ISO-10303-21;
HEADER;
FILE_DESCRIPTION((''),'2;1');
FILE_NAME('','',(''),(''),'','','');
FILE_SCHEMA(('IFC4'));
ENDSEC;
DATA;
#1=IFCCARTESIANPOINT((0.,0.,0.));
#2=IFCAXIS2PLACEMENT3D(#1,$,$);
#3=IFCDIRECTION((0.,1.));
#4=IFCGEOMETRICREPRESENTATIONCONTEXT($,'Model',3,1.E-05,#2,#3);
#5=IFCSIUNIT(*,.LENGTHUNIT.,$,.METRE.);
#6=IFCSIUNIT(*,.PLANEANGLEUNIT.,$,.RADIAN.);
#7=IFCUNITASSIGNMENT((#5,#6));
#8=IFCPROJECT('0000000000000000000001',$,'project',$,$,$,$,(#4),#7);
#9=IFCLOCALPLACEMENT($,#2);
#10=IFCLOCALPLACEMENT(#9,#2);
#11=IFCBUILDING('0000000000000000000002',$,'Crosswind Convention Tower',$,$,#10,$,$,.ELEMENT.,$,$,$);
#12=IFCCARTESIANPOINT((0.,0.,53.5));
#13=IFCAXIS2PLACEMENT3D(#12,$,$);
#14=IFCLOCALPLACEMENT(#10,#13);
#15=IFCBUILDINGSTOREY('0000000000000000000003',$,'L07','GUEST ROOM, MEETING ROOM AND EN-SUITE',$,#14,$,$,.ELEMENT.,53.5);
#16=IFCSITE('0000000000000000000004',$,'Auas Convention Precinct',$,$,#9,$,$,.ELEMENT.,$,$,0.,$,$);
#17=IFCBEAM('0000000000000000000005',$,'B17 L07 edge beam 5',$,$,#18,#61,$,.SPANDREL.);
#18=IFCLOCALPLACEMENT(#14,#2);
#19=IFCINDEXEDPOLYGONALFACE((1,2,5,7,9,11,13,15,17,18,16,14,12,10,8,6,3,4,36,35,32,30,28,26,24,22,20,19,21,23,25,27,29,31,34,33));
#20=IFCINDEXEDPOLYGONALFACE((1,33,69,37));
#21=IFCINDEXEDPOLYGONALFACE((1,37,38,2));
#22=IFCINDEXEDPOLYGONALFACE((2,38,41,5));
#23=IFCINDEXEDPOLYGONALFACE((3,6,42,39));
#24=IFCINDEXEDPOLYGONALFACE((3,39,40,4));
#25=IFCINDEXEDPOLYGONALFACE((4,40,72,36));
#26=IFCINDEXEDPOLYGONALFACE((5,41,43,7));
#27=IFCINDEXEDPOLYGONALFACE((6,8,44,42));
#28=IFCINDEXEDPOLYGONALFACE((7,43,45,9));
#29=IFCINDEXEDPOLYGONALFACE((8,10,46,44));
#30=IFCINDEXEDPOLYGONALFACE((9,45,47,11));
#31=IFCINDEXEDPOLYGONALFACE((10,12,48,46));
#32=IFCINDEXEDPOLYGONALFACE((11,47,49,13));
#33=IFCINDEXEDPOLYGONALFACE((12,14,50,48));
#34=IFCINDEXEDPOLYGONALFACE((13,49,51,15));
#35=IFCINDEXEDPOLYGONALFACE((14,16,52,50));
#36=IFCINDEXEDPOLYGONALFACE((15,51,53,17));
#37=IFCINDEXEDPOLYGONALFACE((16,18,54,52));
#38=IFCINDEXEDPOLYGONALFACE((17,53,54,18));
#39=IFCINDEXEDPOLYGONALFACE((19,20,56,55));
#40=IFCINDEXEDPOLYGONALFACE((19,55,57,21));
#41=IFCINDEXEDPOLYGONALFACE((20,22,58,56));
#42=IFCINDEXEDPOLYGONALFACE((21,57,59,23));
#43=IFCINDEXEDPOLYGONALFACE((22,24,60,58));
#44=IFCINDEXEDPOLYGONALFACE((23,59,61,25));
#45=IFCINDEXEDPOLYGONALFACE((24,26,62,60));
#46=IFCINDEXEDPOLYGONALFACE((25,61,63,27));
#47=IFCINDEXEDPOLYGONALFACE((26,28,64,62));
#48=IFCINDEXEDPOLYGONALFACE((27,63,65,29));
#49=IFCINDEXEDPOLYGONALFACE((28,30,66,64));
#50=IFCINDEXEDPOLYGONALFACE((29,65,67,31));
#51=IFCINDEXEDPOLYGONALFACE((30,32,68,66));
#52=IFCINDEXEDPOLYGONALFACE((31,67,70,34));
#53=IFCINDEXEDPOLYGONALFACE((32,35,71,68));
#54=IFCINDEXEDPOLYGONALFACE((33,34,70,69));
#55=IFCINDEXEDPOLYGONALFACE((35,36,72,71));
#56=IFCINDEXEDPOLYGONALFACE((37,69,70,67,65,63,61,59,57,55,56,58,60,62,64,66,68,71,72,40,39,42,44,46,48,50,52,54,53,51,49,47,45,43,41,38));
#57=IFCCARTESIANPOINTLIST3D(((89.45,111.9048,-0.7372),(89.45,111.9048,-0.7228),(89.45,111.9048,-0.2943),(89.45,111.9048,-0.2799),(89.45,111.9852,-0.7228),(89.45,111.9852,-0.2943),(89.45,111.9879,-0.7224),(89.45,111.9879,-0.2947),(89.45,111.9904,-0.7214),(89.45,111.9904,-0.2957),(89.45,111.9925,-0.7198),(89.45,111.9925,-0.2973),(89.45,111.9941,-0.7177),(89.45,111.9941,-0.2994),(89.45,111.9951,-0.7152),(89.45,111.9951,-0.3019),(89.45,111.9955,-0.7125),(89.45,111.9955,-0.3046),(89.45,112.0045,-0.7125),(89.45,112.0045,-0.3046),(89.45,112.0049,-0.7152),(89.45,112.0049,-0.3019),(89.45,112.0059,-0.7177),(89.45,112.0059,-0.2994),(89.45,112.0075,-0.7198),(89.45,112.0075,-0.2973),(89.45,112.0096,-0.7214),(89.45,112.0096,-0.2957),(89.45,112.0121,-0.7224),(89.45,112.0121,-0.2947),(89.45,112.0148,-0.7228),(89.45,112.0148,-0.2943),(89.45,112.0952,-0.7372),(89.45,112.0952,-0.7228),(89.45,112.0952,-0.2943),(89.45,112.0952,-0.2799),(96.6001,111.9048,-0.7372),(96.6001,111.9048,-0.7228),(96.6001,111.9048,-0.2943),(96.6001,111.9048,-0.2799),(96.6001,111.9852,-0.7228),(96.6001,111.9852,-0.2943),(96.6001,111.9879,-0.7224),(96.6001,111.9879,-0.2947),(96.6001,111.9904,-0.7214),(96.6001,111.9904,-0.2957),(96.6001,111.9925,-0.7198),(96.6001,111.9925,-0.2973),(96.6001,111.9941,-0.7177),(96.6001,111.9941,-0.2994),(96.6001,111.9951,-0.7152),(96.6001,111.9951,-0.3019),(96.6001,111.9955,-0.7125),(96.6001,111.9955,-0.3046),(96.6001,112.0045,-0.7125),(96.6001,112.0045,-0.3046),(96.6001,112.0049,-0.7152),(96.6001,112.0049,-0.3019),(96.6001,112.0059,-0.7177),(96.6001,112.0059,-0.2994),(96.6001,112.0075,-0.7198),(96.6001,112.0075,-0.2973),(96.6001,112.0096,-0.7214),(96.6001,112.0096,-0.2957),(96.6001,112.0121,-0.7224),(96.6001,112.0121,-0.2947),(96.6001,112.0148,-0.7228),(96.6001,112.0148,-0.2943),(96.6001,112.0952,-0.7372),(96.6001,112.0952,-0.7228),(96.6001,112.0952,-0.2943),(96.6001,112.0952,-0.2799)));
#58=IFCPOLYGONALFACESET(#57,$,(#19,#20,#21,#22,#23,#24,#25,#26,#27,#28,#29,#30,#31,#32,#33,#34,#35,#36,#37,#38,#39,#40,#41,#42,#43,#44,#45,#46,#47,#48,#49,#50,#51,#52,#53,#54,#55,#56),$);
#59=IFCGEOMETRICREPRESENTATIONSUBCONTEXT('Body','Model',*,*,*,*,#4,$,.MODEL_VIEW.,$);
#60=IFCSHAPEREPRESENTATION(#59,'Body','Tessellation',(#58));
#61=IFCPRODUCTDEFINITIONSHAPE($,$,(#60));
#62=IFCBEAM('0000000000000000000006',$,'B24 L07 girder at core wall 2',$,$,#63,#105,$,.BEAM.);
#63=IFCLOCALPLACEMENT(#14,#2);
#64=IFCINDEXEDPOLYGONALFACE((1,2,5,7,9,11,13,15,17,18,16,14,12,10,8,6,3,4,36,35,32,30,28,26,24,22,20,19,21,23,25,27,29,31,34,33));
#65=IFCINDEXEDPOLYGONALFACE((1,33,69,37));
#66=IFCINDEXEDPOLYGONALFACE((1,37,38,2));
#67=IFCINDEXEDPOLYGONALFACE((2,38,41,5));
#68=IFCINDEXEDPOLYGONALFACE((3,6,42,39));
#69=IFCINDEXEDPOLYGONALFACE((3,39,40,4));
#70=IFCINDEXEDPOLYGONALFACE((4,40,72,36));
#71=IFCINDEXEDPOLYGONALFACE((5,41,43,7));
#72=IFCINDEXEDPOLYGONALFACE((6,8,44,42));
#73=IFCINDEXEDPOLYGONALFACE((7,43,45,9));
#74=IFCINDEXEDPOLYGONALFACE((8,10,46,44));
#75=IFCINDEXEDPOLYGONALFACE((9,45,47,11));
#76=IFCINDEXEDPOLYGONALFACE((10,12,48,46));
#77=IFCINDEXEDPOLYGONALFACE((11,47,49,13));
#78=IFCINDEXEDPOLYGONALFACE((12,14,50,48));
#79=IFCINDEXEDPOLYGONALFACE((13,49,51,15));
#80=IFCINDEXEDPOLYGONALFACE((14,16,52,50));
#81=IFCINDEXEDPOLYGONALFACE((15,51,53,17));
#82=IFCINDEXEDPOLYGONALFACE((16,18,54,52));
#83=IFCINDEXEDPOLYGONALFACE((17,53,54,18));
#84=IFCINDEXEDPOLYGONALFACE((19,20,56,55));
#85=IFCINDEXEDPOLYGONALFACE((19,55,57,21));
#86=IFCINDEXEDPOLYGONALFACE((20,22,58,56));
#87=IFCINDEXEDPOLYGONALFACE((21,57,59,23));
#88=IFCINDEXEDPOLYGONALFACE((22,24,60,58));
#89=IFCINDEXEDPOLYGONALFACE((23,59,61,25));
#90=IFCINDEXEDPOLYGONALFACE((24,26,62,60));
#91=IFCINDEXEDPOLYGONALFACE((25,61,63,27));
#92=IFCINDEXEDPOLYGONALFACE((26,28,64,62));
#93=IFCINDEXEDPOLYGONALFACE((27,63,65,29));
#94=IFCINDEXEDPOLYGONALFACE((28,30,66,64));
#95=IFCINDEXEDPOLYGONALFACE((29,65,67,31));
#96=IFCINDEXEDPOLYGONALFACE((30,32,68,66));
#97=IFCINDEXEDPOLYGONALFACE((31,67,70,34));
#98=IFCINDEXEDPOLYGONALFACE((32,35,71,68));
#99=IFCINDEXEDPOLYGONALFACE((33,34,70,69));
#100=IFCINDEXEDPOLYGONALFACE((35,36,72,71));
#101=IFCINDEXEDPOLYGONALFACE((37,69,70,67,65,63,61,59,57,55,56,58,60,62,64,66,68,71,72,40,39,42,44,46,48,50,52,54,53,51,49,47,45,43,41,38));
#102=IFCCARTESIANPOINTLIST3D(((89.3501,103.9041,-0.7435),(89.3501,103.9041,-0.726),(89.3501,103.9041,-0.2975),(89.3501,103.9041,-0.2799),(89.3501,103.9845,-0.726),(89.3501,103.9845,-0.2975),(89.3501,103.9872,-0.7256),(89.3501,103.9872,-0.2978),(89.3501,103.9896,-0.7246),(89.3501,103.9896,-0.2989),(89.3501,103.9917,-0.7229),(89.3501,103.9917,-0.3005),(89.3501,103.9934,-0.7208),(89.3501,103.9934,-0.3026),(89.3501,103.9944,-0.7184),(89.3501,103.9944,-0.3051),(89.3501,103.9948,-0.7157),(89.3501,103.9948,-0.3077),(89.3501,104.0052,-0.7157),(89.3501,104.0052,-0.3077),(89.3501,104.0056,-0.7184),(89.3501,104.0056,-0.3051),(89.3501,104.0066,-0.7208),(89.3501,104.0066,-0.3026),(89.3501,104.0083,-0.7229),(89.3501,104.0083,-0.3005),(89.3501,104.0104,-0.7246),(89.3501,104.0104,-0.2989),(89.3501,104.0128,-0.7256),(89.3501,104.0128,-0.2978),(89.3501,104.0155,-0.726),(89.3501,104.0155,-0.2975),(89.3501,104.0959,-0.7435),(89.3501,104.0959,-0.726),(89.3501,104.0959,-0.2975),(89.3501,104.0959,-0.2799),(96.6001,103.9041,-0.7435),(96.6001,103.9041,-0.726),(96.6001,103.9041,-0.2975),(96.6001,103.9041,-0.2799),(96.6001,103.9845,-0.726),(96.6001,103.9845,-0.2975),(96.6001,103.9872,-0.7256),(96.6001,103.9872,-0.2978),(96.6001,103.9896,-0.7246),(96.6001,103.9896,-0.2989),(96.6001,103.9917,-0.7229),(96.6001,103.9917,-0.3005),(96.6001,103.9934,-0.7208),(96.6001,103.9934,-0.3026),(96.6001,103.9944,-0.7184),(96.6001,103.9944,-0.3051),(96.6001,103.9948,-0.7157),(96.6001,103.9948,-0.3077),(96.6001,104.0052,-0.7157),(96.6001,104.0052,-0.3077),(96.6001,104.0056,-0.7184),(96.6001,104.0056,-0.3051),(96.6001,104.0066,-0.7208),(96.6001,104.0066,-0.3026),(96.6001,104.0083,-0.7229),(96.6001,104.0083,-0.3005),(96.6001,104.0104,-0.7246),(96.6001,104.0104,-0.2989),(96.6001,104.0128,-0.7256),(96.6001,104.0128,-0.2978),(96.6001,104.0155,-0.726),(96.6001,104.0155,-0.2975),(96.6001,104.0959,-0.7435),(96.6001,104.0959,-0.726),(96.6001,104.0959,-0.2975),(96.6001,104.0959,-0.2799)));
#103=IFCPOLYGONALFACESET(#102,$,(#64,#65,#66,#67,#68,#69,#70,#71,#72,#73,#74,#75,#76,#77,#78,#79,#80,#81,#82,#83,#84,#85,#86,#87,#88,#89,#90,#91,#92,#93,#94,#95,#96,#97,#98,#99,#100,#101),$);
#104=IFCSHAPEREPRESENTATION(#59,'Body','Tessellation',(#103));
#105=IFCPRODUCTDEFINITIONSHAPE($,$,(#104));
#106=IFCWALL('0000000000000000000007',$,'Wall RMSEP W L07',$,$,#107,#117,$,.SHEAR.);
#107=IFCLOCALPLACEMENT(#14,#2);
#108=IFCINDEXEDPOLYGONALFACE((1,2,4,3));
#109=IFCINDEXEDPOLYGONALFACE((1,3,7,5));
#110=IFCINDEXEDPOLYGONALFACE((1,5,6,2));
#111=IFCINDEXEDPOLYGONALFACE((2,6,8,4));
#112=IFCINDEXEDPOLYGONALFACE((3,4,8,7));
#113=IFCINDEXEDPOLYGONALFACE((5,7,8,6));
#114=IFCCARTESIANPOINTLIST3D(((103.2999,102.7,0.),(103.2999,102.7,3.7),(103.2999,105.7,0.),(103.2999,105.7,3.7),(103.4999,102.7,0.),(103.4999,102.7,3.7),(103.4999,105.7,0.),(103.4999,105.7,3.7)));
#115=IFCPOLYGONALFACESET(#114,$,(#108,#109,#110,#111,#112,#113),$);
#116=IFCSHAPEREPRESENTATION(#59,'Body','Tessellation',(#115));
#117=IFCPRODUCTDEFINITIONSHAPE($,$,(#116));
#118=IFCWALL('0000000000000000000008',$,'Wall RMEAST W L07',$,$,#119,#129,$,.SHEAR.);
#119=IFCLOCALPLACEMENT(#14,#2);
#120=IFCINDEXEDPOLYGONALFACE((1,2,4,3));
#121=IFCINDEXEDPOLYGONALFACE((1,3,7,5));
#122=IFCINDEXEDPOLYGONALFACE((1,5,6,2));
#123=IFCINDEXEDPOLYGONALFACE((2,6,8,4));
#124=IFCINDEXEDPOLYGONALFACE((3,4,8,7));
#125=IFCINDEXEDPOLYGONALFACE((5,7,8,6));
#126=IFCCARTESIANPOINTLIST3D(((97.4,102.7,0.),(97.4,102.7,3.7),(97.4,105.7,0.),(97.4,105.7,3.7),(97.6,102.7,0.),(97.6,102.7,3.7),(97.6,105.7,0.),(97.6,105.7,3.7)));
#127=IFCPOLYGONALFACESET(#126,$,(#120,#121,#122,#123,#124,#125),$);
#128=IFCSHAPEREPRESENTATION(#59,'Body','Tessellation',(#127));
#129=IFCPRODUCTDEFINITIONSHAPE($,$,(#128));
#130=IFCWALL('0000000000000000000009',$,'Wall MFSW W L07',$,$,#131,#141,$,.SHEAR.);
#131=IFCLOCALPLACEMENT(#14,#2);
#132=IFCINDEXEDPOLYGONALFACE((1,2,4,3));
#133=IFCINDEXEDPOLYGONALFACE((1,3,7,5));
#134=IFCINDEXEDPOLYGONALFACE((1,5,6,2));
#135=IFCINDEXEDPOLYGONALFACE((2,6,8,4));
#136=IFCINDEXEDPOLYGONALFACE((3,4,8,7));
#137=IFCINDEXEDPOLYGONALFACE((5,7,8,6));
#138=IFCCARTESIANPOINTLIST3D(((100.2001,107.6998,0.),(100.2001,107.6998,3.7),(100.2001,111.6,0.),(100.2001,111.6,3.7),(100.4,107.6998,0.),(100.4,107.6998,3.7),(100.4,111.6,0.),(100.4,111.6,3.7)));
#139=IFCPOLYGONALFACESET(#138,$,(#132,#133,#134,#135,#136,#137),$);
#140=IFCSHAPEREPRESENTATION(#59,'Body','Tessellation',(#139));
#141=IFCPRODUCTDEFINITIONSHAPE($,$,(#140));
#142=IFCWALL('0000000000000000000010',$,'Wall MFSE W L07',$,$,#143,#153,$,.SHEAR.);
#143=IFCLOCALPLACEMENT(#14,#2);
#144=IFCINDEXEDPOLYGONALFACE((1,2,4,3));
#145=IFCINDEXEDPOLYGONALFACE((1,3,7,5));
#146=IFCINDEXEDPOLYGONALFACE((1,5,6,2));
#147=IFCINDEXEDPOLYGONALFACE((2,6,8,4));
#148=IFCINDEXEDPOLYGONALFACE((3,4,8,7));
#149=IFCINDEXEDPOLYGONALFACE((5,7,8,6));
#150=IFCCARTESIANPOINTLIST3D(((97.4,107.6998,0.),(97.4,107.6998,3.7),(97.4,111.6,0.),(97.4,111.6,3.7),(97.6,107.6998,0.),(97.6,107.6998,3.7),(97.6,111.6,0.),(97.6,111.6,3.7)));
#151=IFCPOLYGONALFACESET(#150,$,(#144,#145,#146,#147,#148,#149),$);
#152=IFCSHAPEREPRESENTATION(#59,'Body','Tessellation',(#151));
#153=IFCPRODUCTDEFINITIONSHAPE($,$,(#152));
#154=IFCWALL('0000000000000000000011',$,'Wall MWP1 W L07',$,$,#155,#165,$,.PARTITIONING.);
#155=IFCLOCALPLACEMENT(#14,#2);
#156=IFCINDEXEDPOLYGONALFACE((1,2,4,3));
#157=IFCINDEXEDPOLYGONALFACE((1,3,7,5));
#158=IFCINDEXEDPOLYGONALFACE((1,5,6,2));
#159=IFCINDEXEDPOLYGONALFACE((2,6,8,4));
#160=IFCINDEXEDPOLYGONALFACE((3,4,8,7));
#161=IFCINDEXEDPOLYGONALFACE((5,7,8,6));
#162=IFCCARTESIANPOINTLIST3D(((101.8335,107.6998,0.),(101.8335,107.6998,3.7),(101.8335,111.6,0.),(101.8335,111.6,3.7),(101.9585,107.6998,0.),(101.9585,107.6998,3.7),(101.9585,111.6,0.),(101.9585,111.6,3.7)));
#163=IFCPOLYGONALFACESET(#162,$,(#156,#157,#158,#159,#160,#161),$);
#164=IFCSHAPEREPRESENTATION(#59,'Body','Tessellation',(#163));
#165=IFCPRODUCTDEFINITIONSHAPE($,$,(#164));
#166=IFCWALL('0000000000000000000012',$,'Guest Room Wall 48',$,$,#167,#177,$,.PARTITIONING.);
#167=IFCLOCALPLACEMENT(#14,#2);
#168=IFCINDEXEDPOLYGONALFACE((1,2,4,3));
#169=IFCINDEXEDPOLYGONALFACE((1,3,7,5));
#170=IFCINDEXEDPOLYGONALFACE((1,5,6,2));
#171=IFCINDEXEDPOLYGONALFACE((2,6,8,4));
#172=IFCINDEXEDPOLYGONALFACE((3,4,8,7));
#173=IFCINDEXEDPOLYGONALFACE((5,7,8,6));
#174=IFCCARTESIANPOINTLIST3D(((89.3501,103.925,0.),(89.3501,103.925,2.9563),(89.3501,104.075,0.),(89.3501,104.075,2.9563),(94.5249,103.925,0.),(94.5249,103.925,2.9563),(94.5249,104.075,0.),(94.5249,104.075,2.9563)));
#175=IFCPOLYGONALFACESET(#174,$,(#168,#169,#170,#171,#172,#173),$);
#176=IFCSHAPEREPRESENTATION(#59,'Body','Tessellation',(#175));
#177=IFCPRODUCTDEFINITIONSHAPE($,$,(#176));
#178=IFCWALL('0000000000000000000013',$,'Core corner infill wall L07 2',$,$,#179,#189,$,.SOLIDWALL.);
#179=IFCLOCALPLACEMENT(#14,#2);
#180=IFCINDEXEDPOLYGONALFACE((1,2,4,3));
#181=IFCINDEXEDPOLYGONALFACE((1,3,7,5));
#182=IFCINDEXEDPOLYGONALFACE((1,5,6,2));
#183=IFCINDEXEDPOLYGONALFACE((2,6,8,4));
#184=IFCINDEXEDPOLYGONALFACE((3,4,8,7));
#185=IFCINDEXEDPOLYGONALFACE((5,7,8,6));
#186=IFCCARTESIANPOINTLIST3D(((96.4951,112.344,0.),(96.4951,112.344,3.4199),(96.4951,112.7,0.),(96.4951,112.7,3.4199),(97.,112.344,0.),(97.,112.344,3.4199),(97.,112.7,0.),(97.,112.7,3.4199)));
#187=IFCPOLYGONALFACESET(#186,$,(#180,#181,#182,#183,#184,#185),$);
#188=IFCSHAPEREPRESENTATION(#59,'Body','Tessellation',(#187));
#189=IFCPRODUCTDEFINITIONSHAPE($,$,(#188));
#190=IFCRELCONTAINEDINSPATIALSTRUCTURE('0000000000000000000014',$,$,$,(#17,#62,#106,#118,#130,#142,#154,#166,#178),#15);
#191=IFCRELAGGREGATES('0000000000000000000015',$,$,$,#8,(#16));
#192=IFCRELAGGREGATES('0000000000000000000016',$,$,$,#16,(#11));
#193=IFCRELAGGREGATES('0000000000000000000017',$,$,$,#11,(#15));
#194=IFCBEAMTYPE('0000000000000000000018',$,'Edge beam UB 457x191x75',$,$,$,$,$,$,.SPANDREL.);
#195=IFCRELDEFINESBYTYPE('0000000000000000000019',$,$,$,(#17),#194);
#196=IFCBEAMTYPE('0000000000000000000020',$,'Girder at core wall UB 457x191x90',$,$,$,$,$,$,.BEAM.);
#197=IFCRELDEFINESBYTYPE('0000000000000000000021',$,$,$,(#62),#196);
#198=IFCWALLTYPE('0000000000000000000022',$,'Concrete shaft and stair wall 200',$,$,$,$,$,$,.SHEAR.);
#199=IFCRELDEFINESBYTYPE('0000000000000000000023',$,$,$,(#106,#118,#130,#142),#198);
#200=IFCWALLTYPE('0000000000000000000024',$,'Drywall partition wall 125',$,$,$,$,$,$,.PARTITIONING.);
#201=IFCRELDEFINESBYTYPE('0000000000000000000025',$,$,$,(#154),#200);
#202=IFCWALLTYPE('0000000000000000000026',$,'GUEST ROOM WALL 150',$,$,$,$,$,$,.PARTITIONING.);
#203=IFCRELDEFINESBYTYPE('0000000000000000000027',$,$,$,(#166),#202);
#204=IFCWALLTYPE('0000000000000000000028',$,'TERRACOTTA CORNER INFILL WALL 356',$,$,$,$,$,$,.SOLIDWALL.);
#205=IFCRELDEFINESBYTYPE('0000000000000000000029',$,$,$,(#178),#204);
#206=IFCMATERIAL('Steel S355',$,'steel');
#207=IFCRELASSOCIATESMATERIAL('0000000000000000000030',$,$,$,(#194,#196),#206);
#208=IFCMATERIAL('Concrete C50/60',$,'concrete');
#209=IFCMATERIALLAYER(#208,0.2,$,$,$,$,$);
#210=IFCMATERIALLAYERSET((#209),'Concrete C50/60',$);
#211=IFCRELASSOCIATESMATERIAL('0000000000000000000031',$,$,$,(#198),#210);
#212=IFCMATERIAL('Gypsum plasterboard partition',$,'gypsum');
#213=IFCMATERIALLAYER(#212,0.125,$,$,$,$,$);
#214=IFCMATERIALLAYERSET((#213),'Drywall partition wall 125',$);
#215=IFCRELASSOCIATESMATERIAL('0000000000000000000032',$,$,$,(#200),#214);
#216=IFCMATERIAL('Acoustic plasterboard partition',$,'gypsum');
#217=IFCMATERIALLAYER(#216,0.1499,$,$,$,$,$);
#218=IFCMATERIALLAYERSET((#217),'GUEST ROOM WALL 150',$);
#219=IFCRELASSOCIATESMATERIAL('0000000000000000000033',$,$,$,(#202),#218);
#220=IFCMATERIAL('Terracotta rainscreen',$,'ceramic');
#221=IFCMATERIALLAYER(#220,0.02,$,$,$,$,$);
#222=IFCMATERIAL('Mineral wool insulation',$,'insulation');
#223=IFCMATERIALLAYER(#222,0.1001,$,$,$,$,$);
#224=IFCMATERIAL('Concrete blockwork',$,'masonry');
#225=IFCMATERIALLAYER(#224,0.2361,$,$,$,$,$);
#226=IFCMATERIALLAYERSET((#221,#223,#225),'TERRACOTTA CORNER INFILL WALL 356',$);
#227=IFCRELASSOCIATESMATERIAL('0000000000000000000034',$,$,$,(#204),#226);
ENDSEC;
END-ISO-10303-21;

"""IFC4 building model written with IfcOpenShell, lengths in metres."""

from ifc_helpers import new_model, si_unit, direction, frame, frame_2d, origin, origin_2d, place, context, subcontext, project, spatial, rectangle, i_section, extrude, material, layer, layer_set, material_profile, profile_set, type_object, element, save


model = new_model("IFC4")

# Units and contexts
model_context = context("Model", 3, precision=1e-05, world=origin(), true_north=direction((0.0, 1.0)))
body_context = subcontext(model_context, "Body", "Model", "MODEL_VIEW")
ifc_project = project(units=[si_unit("LENGTHUNIT", "METRE"), si_unit("PLANEANGLEUNIT", "RADIAN")], contexts=[model_context])

# Site, building, storey
site_placement = place(None, origin())
site = spatial("IfcSite", under=ifc_project, at=site_placement, Name="Auas Convention Precinct", CompositionType="ELEMENT", RefElevation=0.0)
building_placement = place(site_placement, origin())
building = spatial("IfcBuilding", under=site, at=building_placement, Name="Crosswind Convention Tower", CompositionType="ELEMENT")
storey_placement = place(building_placement, frame((0.0, 0.0, 53.5)))
storey = spatial("IfcBuildingStorey", under=building, at=storey_placement, Name="L07", Description="GUEST ROOM, MEETING ROOM AND EN-SUITE", CompositionType="ELEMENT", Elevation=53.5)

# Beams
ifc_material_1 = material(Name="Steel S355", Category="steel")
ifc_material_profile_1 = material_profile(ifc_material_1, i_section(OverallWidth=0.1904, OverallDepth=0.4573, WebThickness=0.009, FlangeThickness=0.0144, FilletRadius=0.0103, at=origin_2d()), Name="UB 457x191x75")
ifc_profile_set_1 = profile_set([ifc_material_profile_1], Name="Steel S355")
beam_type_1 = type_object("IfcBeamType", Name="Edge beam UB 457x191x75", PredefinedType="SPANDREL", material=ifc_profile_set_1)
beam_1_placement = place(storey_placement, frame((89.45, 112.0, -0.5085), z_axis=(1.0, 0.0, 0.0), x_axis=(0.0, 1.0, 0.0)))
element("IfcBeam", 1, at=beam_1_placement, inside=storey, type_object=beam_type_1, Name="B17 L07 edge beam 5", PredefinedType="SPANDREL", context=body_context, shape_type="SweptSolid", body=[
    extrude(i_section(OverallWidth=0.1904, OverallDepth=0.4573, WebThickness=0.009, FlangeThickness=0.0144, FilletRadius=0.0103, at=origin_2d()), origin(), (0.0, 0.0, 1.0), 7.1501),
])
ifc_material_profile_2 = material_profile(ifc_material_1, i_section(OverallWidth=0.1919, OverallDepth=0.4636, WebThickness=0.0105, FlangeThickness=0.0176, FilletRadius=0.0103, at=origin_2d()), Name="UB 457x191x90")
ifc_profile_set_2 = profile_set([ifc_material_profile_2], Name="Steel S355")
beam_type_2 = type_object("IfcBeamType", Name="Girder at core wall UB 457x191x90", PredefinedType="BEAM", material=ifc_profile_set_2)
beam_2_placement = place(storey_placement, frame((89.3501, 104.0, -0.5117), z_axis=(1.0, 0.0, 0.0), x_axis=(0.0, 1.0, 0.0)))
element("IfcBeam", 2, at=beam_2_placement, inside=storey, type_object=beam_type_2, Name="B24 L07 girder at core wall 2", PredefinedType="BEAM", context=body_context, shape_type="SweptSolid", body=[
    extrude(i_section(OverallWidth=0.1919, OverallDepth=0.4636, WebThickness=0.0105, FlangeThickness=0.0176, FilletRadius=0.0103, at=origin_2d()), origin(), (0.0, 0.0, 1.0), 7.25),
])

# Walls
ifc_material_2 = material(Name="Concrete C50/60", Category="concrete")
ifc_layer_1 = layer(ifc_material_2, 0.2)
ifc_layer_set_1 = layer_set([ifc_layer_1], Name="Concrete C50/60")
wall_type_1 = type_object("IfcWallType", Name="Concrete shaft and stair wall 200", PredefinedType="SHEAR", material=ifc_layer_set_1)
for number, where, z_axis, x_axis, name in (
    (3, (103.3999, 105.7, 0.0), (0.0, 0.0, 1.0), (0.0, -1.0, 0.0), "Wall RMSEP W L07"),
    (4, (97.5, 105.7, 0.0), (0.0, 0.0, 1.0), (0.0, -1.0, 0.0), "Wall RMEAST W L07"),
):
    element("IfcWall", number, at=place(storey_placement, frame(where, z_axis=z_axis, x_axis=x_axis)), inside=storey, type_object=wall_type_1, Name=name, PredefinedType="SHEAR", context=body_context, shape_type="SweptSolid", body=[
        extrude(rectangle(XDim=3.0, YDim=0.2, at=frame_2d((1.5, 0.0))), origin(), (0.0, 0.0, 1.0), 3.7),
    ])
for number, where, z_axis, x_axis, name in (
    (5, (100.3, 111.6001, 0.0), (0.0, 0.0, 1.0), (0.0, -1.0, 0.0), "Wall MFSW W L07"),
    (6, (97.5, 111.6001, 0.0), (0.0, 0.0, 1.0), (0.0, -1.0, 0.0), "Wall MFSE W L07"),
):
    element("IfcWall", number, at=place(storey_placement, frame(where, z_axis=z_axis, x_axis=x_axis)), inside=storey, type_object=wall_type_1, Name=name, PredefinedType="SHEAR", context=body_context, shape_type="SweptSolid", body=[
        extrude(rectangle(XDim=3.9001, YDim=0.2, at=frame_2d((1.9502, 0.0))), origin(), (0.0, 0.0, 1.0), 3.7),
    ])
ifc_material_3 = material(Name="Gypsum plasterboard partition", Category="gypsum")
ifc_layer_2 = layer(ifc_material_3, 0.125)
ifc_layer_set_2 = layer_set([ifc_layer_2], Name="Drywall partition wall 125")
wall_type_2 = type_object("IfcWallType", Name="Drywall partition wall 125", PredefinedType="PARTITIONING", material=ifc_layer_set_2)
wall_1_placement = place(storey_placement, frame((101.896, 111.6001, 0.0), z_axis=(0.0, 0.0, 1.0), x_axis=(0.0, -1.0, 0.0)))
element("IfcWall", 7, at=wall_1_placement, inside=storey, type_object=wall_type_2, Name="Wall MWP1 W L07", PredefinedType="PARTITIONING", context=body_context, shape_type="SweptSolid", body=[
    extrude(rectangle(XDim=3.9001, YDim=0.125, at=frame_2d((1.9502, 0.0))), origin(), (0.0, 0.0, 1.0), 3.7),
])
ifc_material_4 = material(Name="Acoustic plasterboard partition", Category="gypsum")
ifc_layer_3 = layer(ifc_material_4, 0.1499)
ifc_layer_set_3 = layer_set([ifc_layer_3], Name="GUEST ROOM WALL 150")
wall_type_3 = type_object("IfcWallType", Name="GUEST ROOM WALL 150", PredefinedType="PARTITIONING", material=ifc_layer_set_3)
wall_2_placement = place(storey_placement, frame((89.3501, 104.0, 0.0), z_axis=(0.0, 0.0, 1.0), x_axis=(1.0, 0.0, 0.0)))
element("IfcWall", 8, at=wall_2_placement, inside=storey, type_object=wall_type_3, Name="Guest Room Wall 48", PredefinedType="PARTITIONING", context=body_context, shape_type="SweptSolid", body=[
    extrude(rectangle(XDim=5.1748, YDim=0.1499, at=frame_2d((2.5874, 0.0))), origin(), (0.0, 0.0, 1.0), 2.9563),
])
ifc_material_5 = material(Name="Terracotta rainscreen", Category="ceramic")
ifc_layer_4 = layer(ifc_material_5, 0.02)
ifc_material_6 = material(Name="Mineral wool insulation", Category="insulation")
ifc_layer_5 = layer(ifc_material_6, 0.1001)
ifc_material_7 = material(Name="Concrete blockwork", Category="masonry")
ifc_layer_6 = layer(ifc_material_7, 0.2361)
ifc_layer_set_4 = layer_set([ifc_layer_4, ifc_layer_5, ifc_layer_6], Name="TERRACOTTA CORNER INFILL WALL 356")
wall_type_4 = type_object("IfcWallType", Name="TERRACOTTA CORNER INFILL WALL 356", PredefinedType="SOLIDWALL", material=ifc_layer_set_4)
wall_3_placement = place(storey_placement, frame((96.4951, 112.522, 0.0), z_axis=(0.0, 0.0, 1.0), x_axis=(1.0, 0.0, 0.0)))
element("IfcWall", 9, at=wall_3_placement, inside=storey, type_object=wall_type_4, Name="Core corner infill wall L07 2", PredefinedType="SOLIDWALL", context=body_context, shape_type="SweptSolid", body=[
    extrude(rectangle(XDim=0.5049, YDim=0.356, at=frame_2d((0.2524, 0.0))), origin(), (0.0, 0.0, 1.0), 3.4199),
])

save(model, "model.ifc")
